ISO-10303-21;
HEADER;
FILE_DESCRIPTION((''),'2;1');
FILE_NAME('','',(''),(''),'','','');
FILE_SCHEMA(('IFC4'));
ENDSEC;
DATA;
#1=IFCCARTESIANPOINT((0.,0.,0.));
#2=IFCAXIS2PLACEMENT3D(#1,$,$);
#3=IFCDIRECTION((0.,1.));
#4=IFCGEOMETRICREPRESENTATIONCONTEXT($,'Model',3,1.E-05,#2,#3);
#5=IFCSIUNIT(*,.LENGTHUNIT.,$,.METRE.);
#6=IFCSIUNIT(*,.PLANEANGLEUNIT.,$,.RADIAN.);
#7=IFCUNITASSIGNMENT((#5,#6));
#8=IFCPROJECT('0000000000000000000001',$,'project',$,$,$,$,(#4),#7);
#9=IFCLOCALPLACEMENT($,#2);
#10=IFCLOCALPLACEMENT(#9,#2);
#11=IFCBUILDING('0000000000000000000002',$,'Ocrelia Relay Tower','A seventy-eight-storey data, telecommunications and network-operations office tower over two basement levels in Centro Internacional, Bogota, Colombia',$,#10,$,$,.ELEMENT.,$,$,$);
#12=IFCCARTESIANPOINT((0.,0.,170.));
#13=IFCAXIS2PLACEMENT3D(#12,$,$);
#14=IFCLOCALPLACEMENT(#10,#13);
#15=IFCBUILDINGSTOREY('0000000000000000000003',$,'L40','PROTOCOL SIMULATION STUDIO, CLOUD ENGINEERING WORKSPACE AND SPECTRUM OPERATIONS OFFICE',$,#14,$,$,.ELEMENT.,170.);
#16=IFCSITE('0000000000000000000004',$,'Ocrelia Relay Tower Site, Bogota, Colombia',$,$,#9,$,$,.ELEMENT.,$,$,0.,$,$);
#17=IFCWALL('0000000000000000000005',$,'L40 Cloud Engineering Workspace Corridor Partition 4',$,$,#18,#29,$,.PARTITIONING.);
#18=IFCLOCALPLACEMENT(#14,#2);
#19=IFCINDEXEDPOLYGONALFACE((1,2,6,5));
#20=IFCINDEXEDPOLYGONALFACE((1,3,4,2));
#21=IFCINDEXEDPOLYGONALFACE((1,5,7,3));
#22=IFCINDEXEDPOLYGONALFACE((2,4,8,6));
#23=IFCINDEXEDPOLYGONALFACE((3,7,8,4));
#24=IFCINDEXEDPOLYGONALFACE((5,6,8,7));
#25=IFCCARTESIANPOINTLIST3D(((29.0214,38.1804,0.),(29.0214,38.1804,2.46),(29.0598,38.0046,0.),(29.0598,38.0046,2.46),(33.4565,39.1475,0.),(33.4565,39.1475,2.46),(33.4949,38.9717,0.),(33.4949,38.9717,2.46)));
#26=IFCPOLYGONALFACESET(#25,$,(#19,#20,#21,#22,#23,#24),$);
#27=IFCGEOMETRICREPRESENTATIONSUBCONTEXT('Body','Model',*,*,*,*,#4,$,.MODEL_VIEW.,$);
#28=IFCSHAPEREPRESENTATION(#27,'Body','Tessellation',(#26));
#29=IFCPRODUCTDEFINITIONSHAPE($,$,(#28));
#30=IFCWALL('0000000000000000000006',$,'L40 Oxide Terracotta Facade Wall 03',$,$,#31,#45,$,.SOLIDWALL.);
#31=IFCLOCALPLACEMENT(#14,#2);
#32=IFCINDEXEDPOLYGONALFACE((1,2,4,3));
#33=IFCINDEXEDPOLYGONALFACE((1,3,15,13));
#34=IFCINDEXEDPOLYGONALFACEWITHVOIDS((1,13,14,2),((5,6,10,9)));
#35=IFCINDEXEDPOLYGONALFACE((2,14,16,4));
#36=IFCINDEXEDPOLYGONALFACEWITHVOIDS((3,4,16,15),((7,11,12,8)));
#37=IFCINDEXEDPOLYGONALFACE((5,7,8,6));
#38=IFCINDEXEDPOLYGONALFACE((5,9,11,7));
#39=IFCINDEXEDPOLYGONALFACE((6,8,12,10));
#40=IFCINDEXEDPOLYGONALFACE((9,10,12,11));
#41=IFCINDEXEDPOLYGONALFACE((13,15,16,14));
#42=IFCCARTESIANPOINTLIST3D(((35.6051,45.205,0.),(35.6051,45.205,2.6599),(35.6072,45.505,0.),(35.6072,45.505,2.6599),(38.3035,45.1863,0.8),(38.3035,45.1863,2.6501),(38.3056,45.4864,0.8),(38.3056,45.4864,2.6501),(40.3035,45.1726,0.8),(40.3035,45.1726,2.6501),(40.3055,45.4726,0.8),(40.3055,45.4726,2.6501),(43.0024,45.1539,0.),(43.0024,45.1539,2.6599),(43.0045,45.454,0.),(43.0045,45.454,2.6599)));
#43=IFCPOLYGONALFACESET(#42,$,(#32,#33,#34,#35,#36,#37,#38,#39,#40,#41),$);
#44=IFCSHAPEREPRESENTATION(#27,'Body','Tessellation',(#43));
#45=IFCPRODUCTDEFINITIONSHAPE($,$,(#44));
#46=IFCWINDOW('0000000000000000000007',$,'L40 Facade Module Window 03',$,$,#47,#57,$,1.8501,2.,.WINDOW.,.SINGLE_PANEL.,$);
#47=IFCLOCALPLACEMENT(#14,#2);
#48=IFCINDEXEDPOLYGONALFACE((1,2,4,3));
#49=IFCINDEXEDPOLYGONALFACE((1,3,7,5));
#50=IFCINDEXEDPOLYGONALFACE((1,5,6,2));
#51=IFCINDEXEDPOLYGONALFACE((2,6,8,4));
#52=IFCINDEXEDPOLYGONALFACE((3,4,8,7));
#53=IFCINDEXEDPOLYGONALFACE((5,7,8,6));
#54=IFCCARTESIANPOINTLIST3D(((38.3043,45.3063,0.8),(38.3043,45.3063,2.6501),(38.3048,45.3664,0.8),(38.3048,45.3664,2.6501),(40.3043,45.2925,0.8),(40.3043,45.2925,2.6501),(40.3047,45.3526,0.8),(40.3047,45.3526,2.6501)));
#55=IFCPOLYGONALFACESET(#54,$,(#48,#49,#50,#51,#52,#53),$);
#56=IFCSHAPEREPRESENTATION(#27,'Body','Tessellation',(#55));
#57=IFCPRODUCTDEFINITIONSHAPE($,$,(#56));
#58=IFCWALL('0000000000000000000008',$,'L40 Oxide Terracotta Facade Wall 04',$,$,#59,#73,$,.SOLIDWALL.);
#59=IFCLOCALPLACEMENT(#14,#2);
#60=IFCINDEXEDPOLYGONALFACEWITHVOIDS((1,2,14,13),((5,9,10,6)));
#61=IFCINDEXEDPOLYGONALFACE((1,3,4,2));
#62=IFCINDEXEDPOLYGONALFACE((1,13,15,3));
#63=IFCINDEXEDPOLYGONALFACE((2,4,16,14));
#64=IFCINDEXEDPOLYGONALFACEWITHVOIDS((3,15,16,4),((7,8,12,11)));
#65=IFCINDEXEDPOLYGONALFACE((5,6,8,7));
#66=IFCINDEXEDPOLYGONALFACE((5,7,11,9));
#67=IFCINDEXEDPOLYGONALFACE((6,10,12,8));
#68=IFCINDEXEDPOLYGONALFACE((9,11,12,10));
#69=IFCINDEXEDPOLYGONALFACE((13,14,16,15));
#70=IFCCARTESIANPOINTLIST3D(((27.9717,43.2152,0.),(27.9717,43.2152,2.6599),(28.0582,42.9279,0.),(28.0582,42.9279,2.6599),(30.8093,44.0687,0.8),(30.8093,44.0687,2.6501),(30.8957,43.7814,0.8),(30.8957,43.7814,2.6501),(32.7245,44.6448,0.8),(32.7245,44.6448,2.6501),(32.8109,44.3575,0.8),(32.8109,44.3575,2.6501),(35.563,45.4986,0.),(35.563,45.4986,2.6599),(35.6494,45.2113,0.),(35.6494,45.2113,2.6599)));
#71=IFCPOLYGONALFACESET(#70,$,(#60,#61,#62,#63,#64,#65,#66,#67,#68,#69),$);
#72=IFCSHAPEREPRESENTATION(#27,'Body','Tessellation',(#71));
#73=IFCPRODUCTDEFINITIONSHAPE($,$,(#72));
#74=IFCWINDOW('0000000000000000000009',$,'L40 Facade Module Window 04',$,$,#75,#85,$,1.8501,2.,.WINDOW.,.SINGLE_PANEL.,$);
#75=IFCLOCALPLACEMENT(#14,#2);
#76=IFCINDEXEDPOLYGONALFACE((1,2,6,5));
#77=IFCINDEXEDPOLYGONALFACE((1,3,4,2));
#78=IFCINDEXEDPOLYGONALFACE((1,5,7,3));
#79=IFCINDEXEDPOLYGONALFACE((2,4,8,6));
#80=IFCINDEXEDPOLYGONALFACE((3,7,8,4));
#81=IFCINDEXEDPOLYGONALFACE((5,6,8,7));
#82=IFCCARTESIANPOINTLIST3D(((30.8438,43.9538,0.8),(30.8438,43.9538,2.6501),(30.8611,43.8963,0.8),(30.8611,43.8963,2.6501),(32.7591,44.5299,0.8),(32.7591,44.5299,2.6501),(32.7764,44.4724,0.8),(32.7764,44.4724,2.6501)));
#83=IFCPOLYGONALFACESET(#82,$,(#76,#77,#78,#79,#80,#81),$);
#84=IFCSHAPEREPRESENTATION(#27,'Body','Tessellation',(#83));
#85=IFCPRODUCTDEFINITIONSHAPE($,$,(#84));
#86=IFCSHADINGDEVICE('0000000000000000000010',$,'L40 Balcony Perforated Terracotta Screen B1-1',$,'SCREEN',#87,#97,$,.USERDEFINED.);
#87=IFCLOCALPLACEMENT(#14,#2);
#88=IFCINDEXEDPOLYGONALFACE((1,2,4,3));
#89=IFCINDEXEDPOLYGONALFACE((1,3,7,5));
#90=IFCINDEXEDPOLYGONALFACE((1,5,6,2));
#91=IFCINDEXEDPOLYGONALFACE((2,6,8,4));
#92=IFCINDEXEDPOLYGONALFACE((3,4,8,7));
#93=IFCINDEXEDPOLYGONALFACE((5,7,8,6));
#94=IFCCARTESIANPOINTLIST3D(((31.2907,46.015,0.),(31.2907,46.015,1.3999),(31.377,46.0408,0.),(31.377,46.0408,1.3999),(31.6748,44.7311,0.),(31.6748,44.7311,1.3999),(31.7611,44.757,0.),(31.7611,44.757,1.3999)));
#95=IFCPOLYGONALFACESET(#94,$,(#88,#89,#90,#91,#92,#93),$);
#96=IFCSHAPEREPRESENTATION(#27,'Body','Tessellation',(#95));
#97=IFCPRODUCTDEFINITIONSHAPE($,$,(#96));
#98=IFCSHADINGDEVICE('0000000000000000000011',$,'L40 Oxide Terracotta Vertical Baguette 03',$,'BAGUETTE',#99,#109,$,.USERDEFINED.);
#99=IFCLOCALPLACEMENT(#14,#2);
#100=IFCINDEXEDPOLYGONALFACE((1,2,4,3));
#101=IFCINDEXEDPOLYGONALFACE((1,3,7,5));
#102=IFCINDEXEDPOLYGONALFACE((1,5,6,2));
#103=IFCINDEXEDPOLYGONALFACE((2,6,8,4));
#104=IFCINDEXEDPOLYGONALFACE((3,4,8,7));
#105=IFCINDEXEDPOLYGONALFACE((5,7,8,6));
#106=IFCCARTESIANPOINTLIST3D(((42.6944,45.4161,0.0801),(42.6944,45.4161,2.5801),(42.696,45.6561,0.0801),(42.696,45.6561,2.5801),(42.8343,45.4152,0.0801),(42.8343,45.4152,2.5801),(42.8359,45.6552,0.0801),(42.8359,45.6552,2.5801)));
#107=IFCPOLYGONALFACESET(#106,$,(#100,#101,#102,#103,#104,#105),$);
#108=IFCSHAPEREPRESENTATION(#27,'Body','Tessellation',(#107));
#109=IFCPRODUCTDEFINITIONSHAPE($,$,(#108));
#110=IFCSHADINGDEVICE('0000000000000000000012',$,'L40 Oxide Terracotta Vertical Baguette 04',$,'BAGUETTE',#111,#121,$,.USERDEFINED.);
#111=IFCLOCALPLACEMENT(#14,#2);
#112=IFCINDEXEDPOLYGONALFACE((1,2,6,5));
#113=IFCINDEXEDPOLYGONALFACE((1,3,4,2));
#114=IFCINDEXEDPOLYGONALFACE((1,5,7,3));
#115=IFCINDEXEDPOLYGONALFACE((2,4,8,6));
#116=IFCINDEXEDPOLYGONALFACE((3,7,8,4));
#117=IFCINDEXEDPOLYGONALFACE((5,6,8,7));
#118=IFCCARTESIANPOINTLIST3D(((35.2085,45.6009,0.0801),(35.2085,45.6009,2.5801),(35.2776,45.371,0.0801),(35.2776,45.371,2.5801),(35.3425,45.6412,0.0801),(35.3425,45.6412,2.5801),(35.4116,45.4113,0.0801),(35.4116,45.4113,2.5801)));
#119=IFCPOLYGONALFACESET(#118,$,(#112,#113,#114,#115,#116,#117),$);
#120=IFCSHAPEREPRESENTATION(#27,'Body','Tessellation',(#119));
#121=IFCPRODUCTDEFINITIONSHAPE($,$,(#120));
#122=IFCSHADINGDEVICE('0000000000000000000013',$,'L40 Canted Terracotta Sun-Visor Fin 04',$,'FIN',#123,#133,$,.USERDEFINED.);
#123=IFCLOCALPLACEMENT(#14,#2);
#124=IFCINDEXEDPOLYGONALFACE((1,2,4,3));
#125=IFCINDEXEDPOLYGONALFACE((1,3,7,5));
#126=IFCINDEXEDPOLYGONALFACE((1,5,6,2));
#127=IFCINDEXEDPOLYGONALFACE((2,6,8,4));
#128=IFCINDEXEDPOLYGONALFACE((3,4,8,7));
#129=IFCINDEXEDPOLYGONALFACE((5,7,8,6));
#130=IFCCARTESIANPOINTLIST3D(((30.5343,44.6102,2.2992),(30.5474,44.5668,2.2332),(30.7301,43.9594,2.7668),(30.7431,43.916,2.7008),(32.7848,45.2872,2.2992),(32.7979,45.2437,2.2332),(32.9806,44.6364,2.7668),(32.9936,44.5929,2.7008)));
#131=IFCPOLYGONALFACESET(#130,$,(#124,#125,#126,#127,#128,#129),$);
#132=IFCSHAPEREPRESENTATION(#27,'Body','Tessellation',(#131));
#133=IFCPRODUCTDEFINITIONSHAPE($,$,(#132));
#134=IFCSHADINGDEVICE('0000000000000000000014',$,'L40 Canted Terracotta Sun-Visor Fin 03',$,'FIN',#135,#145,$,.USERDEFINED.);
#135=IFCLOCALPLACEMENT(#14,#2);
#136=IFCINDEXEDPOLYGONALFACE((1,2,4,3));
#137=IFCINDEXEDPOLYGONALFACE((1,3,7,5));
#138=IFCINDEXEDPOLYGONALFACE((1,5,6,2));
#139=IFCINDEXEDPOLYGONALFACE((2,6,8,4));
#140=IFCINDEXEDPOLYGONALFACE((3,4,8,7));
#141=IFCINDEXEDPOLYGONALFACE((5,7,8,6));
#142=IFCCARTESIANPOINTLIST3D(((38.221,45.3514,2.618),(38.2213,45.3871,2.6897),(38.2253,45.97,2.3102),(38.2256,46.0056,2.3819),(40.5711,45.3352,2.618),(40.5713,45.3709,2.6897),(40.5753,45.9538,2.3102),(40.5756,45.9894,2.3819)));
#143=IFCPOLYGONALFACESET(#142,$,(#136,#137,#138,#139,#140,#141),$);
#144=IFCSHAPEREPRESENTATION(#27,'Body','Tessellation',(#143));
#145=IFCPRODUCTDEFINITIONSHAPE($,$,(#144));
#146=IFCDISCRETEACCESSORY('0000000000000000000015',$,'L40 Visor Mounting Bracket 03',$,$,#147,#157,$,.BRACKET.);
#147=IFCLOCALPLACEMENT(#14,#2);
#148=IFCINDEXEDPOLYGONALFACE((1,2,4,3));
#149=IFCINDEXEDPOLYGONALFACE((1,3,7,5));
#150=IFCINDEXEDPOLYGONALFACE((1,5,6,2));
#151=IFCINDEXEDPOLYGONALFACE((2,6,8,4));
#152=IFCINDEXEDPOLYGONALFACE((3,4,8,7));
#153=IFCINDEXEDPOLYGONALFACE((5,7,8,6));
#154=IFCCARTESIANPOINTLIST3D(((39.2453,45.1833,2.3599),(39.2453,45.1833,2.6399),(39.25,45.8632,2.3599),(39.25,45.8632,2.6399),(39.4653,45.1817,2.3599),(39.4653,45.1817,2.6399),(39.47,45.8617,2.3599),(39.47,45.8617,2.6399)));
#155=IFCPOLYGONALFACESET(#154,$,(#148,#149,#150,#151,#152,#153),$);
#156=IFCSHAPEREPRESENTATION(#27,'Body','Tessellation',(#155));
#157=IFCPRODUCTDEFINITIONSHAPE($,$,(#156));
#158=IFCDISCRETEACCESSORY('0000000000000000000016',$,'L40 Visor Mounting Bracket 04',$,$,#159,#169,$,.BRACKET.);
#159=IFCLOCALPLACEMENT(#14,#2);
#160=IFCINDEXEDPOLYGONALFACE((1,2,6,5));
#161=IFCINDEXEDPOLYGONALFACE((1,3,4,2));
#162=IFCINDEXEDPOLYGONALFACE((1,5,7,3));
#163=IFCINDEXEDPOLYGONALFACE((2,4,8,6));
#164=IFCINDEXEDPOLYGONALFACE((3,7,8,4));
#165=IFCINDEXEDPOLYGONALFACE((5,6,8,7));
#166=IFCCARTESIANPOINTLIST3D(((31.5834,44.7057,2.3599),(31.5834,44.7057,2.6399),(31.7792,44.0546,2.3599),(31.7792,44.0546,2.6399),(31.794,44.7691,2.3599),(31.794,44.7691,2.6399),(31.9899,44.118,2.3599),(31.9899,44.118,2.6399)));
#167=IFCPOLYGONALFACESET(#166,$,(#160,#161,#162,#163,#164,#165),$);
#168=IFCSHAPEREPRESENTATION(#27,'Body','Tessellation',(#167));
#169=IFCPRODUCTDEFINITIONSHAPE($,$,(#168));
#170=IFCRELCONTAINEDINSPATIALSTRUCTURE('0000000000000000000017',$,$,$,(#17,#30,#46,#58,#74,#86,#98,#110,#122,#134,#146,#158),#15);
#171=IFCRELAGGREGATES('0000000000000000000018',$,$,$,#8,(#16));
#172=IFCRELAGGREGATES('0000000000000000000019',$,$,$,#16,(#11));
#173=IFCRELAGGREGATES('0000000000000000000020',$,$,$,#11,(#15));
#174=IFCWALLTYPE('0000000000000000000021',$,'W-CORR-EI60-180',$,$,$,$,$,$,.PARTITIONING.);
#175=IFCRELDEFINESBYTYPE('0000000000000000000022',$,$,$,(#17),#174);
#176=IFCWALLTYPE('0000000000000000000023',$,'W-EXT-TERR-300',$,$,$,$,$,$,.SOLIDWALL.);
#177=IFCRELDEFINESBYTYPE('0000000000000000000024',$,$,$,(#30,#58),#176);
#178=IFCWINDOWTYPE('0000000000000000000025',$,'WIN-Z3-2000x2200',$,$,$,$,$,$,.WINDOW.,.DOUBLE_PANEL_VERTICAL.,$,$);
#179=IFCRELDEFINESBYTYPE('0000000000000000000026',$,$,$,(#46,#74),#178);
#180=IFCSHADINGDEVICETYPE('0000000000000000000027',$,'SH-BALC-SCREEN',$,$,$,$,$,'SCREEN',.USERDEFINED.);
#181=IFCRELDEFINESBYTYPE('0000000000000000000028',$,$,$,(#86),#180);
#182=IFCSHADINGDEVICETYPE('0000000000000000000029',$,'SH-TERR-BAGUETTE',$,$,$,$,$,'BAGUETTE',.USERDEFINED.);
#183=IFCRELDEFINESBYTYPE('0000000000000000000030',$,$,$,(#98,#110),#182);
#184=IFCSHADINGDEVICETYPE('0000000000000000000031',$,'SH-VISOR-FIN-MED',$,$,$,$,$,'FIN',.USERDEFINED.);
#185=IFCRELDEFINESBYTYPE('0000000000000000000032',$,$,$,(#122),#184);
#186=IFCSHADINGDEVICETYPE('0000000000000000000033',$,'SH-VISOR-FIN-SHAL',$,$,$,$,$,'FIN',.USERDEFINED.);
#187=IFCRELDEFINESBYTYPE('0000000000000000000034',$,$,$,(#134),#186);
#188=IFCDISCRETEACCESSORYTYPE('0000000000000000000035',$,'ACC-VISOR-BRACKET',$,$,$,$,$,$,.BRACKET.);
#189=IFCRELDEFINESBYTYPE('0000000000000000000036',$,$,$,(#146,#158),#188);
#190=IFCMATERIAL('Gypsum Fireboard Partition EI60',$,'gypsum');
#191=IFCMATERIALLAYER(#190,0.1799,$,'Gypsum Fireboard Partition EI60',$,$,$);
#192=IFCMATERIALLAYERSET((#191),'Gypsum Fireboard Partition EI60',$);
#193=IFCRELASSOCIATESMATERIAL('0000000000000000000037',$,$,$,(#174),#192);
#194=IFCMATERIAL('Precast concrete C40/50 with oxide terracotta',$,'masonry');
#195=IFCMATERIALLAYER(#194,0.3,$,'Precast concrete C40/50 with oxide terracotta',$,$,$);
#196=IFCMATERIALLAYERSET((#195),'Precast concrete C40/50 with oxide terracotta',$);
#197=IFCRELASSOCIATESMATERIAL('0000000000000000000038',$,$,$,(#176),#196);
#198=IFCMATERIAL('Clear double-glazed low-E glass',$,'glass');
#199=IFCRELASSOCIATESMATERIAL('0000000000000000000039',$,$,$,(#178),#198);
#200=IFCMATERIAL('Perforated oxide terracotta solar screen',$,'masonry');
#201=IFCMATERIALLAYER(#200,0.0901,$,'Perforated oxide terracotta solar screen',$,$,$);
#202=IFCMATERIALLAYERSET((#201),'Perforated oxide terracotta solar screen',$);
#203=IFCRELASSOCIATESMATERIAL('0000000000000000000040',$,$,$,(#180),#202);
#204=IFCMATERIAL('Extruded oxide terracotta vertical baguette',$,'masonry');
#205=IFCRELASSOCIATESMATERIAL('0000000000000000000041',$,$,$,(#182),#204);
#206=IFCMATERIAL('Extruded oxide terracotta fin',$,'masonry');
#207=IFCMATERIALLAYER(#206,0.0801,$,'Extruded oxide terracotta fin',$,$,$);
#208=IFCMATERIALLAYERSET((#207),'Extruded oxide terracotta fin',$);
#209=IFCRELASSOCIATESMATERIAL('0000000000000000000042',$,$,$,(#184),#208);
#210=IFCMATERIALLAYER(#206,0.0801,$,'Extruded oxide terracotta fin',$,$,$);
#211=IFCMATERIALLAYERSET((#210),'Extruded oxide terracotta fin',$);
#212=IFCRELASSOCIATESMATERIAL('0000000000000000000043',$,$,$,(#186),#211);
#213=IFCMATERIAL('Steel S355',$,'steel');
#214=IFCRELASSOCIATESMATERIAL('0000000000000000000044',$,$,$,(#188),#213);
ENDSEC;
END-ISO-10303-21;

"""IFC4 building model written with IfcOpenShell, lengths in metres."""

from ifc_helpers import new_model, si_unit, direction, frame, frame_2d, origin, origin_2d, place, context, subcontext, project, spatial, rectangle, extrude, material, layer, layer_set, type_object, element, fill, save


model = new_model("IFC4")

# Units and contexts
model_context = context("Model", 3, precision=1e-05, world=origin(), true_north=direction((0.0, 1.0)))
body_context = subcontext(model_context, "Body", "Model", "MODEL_VIEW")
ifc_project = project(units=[si_unit("LENGTHUNIT", "METRE"), si_unit("PLANEANGLEUNIT", "RADIAN")], contexts=[model_context])

# Site, building, storey
site_placement = place(None, origin())
site = spatial("IfcSite", under=ifc_project, at=site_placement, Name="Ocrelia Relay Tower Site, Bogota, Colombia", CompositionType="ELEMENT", RefElevation=0.0)
building_placement = place(site_placement, origin())
building = spatial("IfcBuilding", under=site, at=building_placement, Name="Ocrelia Relay Tower", Description="A seventy-eight-storey data, telecommunications and network-operations office tower over two basement levels in Centro Internacional, Bogota, Colombia", CompositionType="ELEMENT")
storey_placement = place(building_placement, frame((0.0, 0.0, 170.0)))
storey = spatial("IfcBuildingStorey", under=building, at=storey_placement, Name="L40", Description="PROTOCOL SIMULATION STUDIO, CLOUD ENGINEERING WORKSPACE AND SPECTRUM OPERATIONS OFFICE", CompositionType="ELEMENT", Elevation=170.0)

# Shared definitions
ifc_material_1 = material(Name="Steel S355", Category="steel")

# Wall
ifc_material_2 = material(Name="Gypsum Fireboard Partition EI60", Category="gypsum")
ifc_layer_1 = layer(ifc_material_2, 0.1799, Name="Gypsum Fireboard Partition EI60")
ifc_layer_set_1 = layer_set([ifc_layer_1], Name="Gypsum Fireboard Partition EI60")
wall_type_1 = type_object("IfcWallType", Name="W-CORR-EI60-180", PredefinedType="PARTITIONING", material=ifc_layer_set_1)
wall_1_placement = place(storey_placement, frame((33.4756, 39.0596, 0.0), z_axis=(0.0, 0.0, 1.0), x_axis=(-0.977044, -0.213039, 0.0)))
element("IfcWall", 1, at=wall_1_placement, inside=storey, type_object=wall_type_1, Name="L40 Cloud Engineering Workspace Corridor Partition 4", PredefinedType="PARTITIONING", context=body_context, shape_type="SweptSolid", body=[
    extrude(rectangle(XDim=4.5393, YDim=0.1799, at=frame_2d((2.2695, 0.0))), origin(), (0.0, 0.0, 1.0), 2.46),
])

# Walls, openings, windows
ifc_material_3 = material(Name="Precast concrete C40/50 with oxide terracotta", Category="masonry")
ifc_layer_2 = layer(ifc_material_3, 0.3, Name="Precast concrete C40/50 with oxide terracotta")
ifc_layer_set_2 = layer_set([ifc_layer_2], Name="Precast concrete C40/50 with oxide terracotta")
wall_type_2 = type_object("IfcWallType", Name="W-EXT-TERR-300", PredefinedType="SOLIDWALL", material=ifc_layer_set_2)
wall_2_placement = place(storey_placement, frame((43.0034, 45.304, 0.0), z_axis=(0.0, 0.0, 1.0), x_axis=(-0.999976, 0.006898, 0.0)))
wall_2 = element("IfcWall", 2, at=wall_2_placement, inside=storey, type_object=wall_type_2, Name="L40 Oxide Terracotta Facade Wall 03", PredefinedType="SOLIDWALL", context=body_context, shape_type="SweptSolid", body=[
    extrude(rectangle(XDim=7.3975, YDim=0.3, at=frame_2d((3.6987, 0.0))), origin(), (0.0, 0.0, 1.0), 2.6599),
])
opening_1_placement = place(wall_2_placement, frame((2.699, 0.0, 0.8)))
opening_1 = element("IfcOpeningElement", 3, at=opening_1_placement, cuts=wall_2, PredefinedType="OPENING", context=body_context, shape_type="SweptSolid", body=[
    extrude(rectangle(XDim=2.0, YDim=1.8501, at=frame_2d((1.0, 0.925))), frame((0.0, 0.1602, 0.0), z_axis=(0.0, -1.0, 0.0), x_axis=(1.0, 0.0, 0.0)), (0.0, 0.0, 1.0), 0.3201),
])
ifc_material_4 = material(Name="Clear double-glazed low-E glass", Category="glass")
window_type = type_object("IfcWindowType", Name="WIN-Z3-2000x2200", PartitioningType="DOUBLE_PANEL_VERTICAL", PredefinedType="WINDOW", material=ifc_material_4)
window_1_placement = place(opening_1_placement, origin())
window_1 = element("IfcWindow", 4, at=window_1_placement, inside=storey, type_object=window_type, Name="L40 Facade Module Window 03", OverallHeight=1.8501, OverallWidth=2.0, PartitioningType="SINGLE_PANEL", PredefinedType="WINDOW", context=body_context, shape_type="SweptSolid", body=[
    extrude(rectangle(XDim=2.0, YDim=1.8501, at=frame_2d((1.0, 0.925))), frame((0.0, 0.03, 0.0), z_axis=(0.0, -1.0, 0.0), x_axis=(1.0, 0.0, 0.0)), (0.0, 0.0, 1.0), 0.0601),
])
fill(opening_1, window_1)
wall_3_placement = place(storey_placement, frame((35.6062, 45.355, 0.0), z_axis=(0.0, 0.0, 1.0), x_axis=(-0.957616, -0.288049, 0.0)))
wall_3 = element("IfcWall", 5, at=wall_3_placement, inside=storey, type_object=wall_type_2, Name="L40 Oxide Terracotta Facade Wall 04", PredefinedType="SOLIDWALL", context=body_context, shape_type="SweptSolid", body=[
    extrude(rectangle(XDim=7.9272, YDim=0.3, at=frame_2d((3.9636, 0.0))), origin(), (0.0, 0.0, 1.0), 2.6599),
])
opening_2_placement = place(wall_3_placement, frame((2.9641, 0.0, 0.8)))
opening_2 = element("IfcOpeningElement", 6, at=opening_2_placement, cuts=wall_3, PredefinedType="OPENING", context=body_context, shape_type="SweptSolid", body=[
    extrude(rectangle(XDim=2.0, YDim=1.8501, at=frame_2d((1.0, 0.925))), frame((0.0, 0.1602, 0.0), z_axis=(0.0, -1.0, 0.0), x_axis=(1.0, 0.0, 0.0)), (0.0, 0.0, 1.0), 0.3201),
])
window_2_placement = place(opening_2_placement, origin())
window_2 = element("IfcWindow", 7, at=window_2_placement, inside=storey, type_object=window_type, Name="L40 Facade Module Window 04", OverallHeight=1.8501, OverallWidth=2.0, PartitioningType="SINGLE_PANEL", PredefinedType="WINDOW", context=body_context, shape_type="SweptSolid", body=[
    extrude(rectangle(XDim=2.0, YDim=1.8501, at=frame_2d((1.0, 0.925))), frame((0.0, 0.03, 0.0), z_axis=(0.0, -1.0, 0.0), x_axis=(1.0, 0.0, 0.0)), (0.0, 0.0, 1.0), 0.0601),
])
fill(opening_2, window_2)

# Shading devices
ifc_material_5 = material(Name="Perforated oxide terracotta solar screen", Category="masonry")
ifc_layer_3 = layer(ifc_material_5, 0.0901, Name="Perforated oxide terracotta solar screen")
ifc_layer_set_3 = layer_set([ifc_layer_3], Name="Perforated oxide terracotta solar screen")
shading_device_type_1 = type_object("IfcShadingDeviceType", Name="SH-BALC-SCREEN", ElementType="SCREEN", PredefinedType="USERDEFINED", material=ifc_layer_set_3)
shading_device_1_placement = place(storey_placement, frame((31.5259, 45.386, 0.0), z_axis=(0.0, 0.0, 1.0), x_axis=(-0.286624, 0.958043, 0.0)))
element("IfcShadingDevice", 8, at=shading_device_1_placement, inside=storey, type_object=shading_device_type_1, Name="L40 Balcony Perforated Terracotta Screen B1-1", ObjectType="SCREEN", PredefinedType="USERDEFINED", context=body_context, shape_type="SweptSolid", body=[
    extrude(rectangle(XDim=1.3401, YDim=0.0901, at=origin_2d()), origin(), (0.0, 0.0, 1.0), 1.3999),
])
ifc_material_6 = material(Name="Extruded oxide terracotta vertical baguette", Category="masonry")
shading_device_type_2 = type_object("IfcShadingDeviceType", Name="SH-TERR-BAGUETTE", ElementType="BAGUETTE", PredefinedType="USERDEFINED", material=ifc_material_6)
for number, where, z_axis, x_axis, name in (
    (9, (42.7651, 45.5356, 0.0801), (0.0, 0.0, 1.0), (-0.999976, 0.006894, 0.0), "L40 Oxide Terracotta Vertical Baguette 03"),
    (10, (35.3101, 45.5061, 0.0801), (0.0, 0.0, 1.0), (-0.957615, -0.28805, 0.0), "L40 Oxide Terracotta Vertical Baguette 04"),
):
    element("IfcShadingDevice", number, at=place(storey_placement, frame(where, z_axis=z_axis, x_axis=x_axis)), inside=storey, type_object=shading_device_type_2, Name=name, ObjectType="BAGUETTE", PredefinedType="USERDEFINED", context=body_context, shape_type="SweptSolid", body=[
        extrude(rectangle(XDim=0.1399, YDim=0.24, at=origin_2d()), origin(), (0.0, 0.0, 1.0), 2.5),
    ])
ifc_material_7 = material(Name="Extruded oxide terracotta fin", Category="masonry")
ifc_layer_4 = layer(ifc_material_7, 0.0801, Name="Extruded oxide terracotta fin")
ifc_layer_set_4 = layer_set([ifc_layer_4], Name="Extruded oxide terracotta fin")
shading_device_type_3 = type_object("IfcShadingDeviceType", Name="SH-VISOR-FIN-MED", ElementType="FIN", PredefinedType="USERDEFINED", material=ifc_layer_set_4)
shading_device_2_placement = place(storey_placement, frame((31.7705, 44.5798, 2.467), z_axis=(-0.163278, 0.542812, 0.82383), x_axis=(-0.957615, -0.28805, 0.0)))
element("IfcShadingDevice", 11, at=shading_device_2_placement, inside=storey, type_object=shading_device_type_3, Name="L40 Canted Terracotta Sun-Visor Fin 04", ObjectType="FIN", PredefinedType="USERDEFINED", context=body_context, shape_type="SweptSolid", body=[
    extrude(rectangle(XDim=2.3501, YDim=0.825, at=origin_2d()), origin(), (0.0, 0.0, 1.0), 0.0801),
])
ifc_layer_5 = layer(ifc_material_7, 0.0801, Name="Extruded oxide terracotta fin")
ifc_layer_set_5 = layer_set([ifc_layer_5], Name="Extruded oxide terracotta fin")
shading_device_type_4 = type_object("IfcShadingDeviceType", Name="SH-VISOR-FIN-SHAL", ElementType="FIN", PredefinedType="USERDEFINED", material=ifc_layer_set_5)
shading_device_3_placement = place(storey_placement, frame((39.3982, 45.6526, 2.4641), z_axis=(0.003072, 0.445562, 0.895246), x_axis=(-0.999976, 0.006894, 0.0)))
element("IfcShadingDevice", 12, at=shading_device_3_placement, inside=storey, type_object=shading_device_type_4, Name="L40 Canted Terracotta Sun-Visor Fin 03", ObjectType="FIN", PredefinedType="USERDEFINED", context=body_context, shape_type="SweptSolid", body=[
    extrude(rectangle(XDim=2.3501, YDim=0.6909, at=origin_2d()), origin(), (0.0, 0.0, 1.0), 0.0801),
])

# Discrete accessories
discrete_accessory_type = type_object("IfcDiscreteAccessoryType", Name="ACC-VISOR-BRACKET", PredefinedType="BRACKET", material=ifc_material_1)
for number, where, z_axis, x_axis, name in (
    (13, (39.3577, 45.5225, 2.3599), (0.0, 0.0, 1.0), (-0.999976, 0.006894, 0.0), "L40 Visor Mounting Bracket 03"),
    (14, (31.7866, 44.4119, 2.3599), (0.0, 0.0, 1.0), (-0.957615, -0.28805, 0.0), "L40 Visor Mounting Bracket 04"),
):
    element("IfcDiscreteAccessory", number, at=place(storey_placement, frame(where, z_axis=z_axis, x_axis=x_axis)), inside=storey, type_object=discrete_accessory_type, Name=name, PredefinedType="BRACKET", context=body_context, shape_type="SweptSolid", body=[
        extrude(rectangle(XDim=0.22, YDim=0.6799, at=origin_2d()), origin(), (0.0, 0.0, 1.0), 0.28),
    ])

save(model, "model.ifc")
